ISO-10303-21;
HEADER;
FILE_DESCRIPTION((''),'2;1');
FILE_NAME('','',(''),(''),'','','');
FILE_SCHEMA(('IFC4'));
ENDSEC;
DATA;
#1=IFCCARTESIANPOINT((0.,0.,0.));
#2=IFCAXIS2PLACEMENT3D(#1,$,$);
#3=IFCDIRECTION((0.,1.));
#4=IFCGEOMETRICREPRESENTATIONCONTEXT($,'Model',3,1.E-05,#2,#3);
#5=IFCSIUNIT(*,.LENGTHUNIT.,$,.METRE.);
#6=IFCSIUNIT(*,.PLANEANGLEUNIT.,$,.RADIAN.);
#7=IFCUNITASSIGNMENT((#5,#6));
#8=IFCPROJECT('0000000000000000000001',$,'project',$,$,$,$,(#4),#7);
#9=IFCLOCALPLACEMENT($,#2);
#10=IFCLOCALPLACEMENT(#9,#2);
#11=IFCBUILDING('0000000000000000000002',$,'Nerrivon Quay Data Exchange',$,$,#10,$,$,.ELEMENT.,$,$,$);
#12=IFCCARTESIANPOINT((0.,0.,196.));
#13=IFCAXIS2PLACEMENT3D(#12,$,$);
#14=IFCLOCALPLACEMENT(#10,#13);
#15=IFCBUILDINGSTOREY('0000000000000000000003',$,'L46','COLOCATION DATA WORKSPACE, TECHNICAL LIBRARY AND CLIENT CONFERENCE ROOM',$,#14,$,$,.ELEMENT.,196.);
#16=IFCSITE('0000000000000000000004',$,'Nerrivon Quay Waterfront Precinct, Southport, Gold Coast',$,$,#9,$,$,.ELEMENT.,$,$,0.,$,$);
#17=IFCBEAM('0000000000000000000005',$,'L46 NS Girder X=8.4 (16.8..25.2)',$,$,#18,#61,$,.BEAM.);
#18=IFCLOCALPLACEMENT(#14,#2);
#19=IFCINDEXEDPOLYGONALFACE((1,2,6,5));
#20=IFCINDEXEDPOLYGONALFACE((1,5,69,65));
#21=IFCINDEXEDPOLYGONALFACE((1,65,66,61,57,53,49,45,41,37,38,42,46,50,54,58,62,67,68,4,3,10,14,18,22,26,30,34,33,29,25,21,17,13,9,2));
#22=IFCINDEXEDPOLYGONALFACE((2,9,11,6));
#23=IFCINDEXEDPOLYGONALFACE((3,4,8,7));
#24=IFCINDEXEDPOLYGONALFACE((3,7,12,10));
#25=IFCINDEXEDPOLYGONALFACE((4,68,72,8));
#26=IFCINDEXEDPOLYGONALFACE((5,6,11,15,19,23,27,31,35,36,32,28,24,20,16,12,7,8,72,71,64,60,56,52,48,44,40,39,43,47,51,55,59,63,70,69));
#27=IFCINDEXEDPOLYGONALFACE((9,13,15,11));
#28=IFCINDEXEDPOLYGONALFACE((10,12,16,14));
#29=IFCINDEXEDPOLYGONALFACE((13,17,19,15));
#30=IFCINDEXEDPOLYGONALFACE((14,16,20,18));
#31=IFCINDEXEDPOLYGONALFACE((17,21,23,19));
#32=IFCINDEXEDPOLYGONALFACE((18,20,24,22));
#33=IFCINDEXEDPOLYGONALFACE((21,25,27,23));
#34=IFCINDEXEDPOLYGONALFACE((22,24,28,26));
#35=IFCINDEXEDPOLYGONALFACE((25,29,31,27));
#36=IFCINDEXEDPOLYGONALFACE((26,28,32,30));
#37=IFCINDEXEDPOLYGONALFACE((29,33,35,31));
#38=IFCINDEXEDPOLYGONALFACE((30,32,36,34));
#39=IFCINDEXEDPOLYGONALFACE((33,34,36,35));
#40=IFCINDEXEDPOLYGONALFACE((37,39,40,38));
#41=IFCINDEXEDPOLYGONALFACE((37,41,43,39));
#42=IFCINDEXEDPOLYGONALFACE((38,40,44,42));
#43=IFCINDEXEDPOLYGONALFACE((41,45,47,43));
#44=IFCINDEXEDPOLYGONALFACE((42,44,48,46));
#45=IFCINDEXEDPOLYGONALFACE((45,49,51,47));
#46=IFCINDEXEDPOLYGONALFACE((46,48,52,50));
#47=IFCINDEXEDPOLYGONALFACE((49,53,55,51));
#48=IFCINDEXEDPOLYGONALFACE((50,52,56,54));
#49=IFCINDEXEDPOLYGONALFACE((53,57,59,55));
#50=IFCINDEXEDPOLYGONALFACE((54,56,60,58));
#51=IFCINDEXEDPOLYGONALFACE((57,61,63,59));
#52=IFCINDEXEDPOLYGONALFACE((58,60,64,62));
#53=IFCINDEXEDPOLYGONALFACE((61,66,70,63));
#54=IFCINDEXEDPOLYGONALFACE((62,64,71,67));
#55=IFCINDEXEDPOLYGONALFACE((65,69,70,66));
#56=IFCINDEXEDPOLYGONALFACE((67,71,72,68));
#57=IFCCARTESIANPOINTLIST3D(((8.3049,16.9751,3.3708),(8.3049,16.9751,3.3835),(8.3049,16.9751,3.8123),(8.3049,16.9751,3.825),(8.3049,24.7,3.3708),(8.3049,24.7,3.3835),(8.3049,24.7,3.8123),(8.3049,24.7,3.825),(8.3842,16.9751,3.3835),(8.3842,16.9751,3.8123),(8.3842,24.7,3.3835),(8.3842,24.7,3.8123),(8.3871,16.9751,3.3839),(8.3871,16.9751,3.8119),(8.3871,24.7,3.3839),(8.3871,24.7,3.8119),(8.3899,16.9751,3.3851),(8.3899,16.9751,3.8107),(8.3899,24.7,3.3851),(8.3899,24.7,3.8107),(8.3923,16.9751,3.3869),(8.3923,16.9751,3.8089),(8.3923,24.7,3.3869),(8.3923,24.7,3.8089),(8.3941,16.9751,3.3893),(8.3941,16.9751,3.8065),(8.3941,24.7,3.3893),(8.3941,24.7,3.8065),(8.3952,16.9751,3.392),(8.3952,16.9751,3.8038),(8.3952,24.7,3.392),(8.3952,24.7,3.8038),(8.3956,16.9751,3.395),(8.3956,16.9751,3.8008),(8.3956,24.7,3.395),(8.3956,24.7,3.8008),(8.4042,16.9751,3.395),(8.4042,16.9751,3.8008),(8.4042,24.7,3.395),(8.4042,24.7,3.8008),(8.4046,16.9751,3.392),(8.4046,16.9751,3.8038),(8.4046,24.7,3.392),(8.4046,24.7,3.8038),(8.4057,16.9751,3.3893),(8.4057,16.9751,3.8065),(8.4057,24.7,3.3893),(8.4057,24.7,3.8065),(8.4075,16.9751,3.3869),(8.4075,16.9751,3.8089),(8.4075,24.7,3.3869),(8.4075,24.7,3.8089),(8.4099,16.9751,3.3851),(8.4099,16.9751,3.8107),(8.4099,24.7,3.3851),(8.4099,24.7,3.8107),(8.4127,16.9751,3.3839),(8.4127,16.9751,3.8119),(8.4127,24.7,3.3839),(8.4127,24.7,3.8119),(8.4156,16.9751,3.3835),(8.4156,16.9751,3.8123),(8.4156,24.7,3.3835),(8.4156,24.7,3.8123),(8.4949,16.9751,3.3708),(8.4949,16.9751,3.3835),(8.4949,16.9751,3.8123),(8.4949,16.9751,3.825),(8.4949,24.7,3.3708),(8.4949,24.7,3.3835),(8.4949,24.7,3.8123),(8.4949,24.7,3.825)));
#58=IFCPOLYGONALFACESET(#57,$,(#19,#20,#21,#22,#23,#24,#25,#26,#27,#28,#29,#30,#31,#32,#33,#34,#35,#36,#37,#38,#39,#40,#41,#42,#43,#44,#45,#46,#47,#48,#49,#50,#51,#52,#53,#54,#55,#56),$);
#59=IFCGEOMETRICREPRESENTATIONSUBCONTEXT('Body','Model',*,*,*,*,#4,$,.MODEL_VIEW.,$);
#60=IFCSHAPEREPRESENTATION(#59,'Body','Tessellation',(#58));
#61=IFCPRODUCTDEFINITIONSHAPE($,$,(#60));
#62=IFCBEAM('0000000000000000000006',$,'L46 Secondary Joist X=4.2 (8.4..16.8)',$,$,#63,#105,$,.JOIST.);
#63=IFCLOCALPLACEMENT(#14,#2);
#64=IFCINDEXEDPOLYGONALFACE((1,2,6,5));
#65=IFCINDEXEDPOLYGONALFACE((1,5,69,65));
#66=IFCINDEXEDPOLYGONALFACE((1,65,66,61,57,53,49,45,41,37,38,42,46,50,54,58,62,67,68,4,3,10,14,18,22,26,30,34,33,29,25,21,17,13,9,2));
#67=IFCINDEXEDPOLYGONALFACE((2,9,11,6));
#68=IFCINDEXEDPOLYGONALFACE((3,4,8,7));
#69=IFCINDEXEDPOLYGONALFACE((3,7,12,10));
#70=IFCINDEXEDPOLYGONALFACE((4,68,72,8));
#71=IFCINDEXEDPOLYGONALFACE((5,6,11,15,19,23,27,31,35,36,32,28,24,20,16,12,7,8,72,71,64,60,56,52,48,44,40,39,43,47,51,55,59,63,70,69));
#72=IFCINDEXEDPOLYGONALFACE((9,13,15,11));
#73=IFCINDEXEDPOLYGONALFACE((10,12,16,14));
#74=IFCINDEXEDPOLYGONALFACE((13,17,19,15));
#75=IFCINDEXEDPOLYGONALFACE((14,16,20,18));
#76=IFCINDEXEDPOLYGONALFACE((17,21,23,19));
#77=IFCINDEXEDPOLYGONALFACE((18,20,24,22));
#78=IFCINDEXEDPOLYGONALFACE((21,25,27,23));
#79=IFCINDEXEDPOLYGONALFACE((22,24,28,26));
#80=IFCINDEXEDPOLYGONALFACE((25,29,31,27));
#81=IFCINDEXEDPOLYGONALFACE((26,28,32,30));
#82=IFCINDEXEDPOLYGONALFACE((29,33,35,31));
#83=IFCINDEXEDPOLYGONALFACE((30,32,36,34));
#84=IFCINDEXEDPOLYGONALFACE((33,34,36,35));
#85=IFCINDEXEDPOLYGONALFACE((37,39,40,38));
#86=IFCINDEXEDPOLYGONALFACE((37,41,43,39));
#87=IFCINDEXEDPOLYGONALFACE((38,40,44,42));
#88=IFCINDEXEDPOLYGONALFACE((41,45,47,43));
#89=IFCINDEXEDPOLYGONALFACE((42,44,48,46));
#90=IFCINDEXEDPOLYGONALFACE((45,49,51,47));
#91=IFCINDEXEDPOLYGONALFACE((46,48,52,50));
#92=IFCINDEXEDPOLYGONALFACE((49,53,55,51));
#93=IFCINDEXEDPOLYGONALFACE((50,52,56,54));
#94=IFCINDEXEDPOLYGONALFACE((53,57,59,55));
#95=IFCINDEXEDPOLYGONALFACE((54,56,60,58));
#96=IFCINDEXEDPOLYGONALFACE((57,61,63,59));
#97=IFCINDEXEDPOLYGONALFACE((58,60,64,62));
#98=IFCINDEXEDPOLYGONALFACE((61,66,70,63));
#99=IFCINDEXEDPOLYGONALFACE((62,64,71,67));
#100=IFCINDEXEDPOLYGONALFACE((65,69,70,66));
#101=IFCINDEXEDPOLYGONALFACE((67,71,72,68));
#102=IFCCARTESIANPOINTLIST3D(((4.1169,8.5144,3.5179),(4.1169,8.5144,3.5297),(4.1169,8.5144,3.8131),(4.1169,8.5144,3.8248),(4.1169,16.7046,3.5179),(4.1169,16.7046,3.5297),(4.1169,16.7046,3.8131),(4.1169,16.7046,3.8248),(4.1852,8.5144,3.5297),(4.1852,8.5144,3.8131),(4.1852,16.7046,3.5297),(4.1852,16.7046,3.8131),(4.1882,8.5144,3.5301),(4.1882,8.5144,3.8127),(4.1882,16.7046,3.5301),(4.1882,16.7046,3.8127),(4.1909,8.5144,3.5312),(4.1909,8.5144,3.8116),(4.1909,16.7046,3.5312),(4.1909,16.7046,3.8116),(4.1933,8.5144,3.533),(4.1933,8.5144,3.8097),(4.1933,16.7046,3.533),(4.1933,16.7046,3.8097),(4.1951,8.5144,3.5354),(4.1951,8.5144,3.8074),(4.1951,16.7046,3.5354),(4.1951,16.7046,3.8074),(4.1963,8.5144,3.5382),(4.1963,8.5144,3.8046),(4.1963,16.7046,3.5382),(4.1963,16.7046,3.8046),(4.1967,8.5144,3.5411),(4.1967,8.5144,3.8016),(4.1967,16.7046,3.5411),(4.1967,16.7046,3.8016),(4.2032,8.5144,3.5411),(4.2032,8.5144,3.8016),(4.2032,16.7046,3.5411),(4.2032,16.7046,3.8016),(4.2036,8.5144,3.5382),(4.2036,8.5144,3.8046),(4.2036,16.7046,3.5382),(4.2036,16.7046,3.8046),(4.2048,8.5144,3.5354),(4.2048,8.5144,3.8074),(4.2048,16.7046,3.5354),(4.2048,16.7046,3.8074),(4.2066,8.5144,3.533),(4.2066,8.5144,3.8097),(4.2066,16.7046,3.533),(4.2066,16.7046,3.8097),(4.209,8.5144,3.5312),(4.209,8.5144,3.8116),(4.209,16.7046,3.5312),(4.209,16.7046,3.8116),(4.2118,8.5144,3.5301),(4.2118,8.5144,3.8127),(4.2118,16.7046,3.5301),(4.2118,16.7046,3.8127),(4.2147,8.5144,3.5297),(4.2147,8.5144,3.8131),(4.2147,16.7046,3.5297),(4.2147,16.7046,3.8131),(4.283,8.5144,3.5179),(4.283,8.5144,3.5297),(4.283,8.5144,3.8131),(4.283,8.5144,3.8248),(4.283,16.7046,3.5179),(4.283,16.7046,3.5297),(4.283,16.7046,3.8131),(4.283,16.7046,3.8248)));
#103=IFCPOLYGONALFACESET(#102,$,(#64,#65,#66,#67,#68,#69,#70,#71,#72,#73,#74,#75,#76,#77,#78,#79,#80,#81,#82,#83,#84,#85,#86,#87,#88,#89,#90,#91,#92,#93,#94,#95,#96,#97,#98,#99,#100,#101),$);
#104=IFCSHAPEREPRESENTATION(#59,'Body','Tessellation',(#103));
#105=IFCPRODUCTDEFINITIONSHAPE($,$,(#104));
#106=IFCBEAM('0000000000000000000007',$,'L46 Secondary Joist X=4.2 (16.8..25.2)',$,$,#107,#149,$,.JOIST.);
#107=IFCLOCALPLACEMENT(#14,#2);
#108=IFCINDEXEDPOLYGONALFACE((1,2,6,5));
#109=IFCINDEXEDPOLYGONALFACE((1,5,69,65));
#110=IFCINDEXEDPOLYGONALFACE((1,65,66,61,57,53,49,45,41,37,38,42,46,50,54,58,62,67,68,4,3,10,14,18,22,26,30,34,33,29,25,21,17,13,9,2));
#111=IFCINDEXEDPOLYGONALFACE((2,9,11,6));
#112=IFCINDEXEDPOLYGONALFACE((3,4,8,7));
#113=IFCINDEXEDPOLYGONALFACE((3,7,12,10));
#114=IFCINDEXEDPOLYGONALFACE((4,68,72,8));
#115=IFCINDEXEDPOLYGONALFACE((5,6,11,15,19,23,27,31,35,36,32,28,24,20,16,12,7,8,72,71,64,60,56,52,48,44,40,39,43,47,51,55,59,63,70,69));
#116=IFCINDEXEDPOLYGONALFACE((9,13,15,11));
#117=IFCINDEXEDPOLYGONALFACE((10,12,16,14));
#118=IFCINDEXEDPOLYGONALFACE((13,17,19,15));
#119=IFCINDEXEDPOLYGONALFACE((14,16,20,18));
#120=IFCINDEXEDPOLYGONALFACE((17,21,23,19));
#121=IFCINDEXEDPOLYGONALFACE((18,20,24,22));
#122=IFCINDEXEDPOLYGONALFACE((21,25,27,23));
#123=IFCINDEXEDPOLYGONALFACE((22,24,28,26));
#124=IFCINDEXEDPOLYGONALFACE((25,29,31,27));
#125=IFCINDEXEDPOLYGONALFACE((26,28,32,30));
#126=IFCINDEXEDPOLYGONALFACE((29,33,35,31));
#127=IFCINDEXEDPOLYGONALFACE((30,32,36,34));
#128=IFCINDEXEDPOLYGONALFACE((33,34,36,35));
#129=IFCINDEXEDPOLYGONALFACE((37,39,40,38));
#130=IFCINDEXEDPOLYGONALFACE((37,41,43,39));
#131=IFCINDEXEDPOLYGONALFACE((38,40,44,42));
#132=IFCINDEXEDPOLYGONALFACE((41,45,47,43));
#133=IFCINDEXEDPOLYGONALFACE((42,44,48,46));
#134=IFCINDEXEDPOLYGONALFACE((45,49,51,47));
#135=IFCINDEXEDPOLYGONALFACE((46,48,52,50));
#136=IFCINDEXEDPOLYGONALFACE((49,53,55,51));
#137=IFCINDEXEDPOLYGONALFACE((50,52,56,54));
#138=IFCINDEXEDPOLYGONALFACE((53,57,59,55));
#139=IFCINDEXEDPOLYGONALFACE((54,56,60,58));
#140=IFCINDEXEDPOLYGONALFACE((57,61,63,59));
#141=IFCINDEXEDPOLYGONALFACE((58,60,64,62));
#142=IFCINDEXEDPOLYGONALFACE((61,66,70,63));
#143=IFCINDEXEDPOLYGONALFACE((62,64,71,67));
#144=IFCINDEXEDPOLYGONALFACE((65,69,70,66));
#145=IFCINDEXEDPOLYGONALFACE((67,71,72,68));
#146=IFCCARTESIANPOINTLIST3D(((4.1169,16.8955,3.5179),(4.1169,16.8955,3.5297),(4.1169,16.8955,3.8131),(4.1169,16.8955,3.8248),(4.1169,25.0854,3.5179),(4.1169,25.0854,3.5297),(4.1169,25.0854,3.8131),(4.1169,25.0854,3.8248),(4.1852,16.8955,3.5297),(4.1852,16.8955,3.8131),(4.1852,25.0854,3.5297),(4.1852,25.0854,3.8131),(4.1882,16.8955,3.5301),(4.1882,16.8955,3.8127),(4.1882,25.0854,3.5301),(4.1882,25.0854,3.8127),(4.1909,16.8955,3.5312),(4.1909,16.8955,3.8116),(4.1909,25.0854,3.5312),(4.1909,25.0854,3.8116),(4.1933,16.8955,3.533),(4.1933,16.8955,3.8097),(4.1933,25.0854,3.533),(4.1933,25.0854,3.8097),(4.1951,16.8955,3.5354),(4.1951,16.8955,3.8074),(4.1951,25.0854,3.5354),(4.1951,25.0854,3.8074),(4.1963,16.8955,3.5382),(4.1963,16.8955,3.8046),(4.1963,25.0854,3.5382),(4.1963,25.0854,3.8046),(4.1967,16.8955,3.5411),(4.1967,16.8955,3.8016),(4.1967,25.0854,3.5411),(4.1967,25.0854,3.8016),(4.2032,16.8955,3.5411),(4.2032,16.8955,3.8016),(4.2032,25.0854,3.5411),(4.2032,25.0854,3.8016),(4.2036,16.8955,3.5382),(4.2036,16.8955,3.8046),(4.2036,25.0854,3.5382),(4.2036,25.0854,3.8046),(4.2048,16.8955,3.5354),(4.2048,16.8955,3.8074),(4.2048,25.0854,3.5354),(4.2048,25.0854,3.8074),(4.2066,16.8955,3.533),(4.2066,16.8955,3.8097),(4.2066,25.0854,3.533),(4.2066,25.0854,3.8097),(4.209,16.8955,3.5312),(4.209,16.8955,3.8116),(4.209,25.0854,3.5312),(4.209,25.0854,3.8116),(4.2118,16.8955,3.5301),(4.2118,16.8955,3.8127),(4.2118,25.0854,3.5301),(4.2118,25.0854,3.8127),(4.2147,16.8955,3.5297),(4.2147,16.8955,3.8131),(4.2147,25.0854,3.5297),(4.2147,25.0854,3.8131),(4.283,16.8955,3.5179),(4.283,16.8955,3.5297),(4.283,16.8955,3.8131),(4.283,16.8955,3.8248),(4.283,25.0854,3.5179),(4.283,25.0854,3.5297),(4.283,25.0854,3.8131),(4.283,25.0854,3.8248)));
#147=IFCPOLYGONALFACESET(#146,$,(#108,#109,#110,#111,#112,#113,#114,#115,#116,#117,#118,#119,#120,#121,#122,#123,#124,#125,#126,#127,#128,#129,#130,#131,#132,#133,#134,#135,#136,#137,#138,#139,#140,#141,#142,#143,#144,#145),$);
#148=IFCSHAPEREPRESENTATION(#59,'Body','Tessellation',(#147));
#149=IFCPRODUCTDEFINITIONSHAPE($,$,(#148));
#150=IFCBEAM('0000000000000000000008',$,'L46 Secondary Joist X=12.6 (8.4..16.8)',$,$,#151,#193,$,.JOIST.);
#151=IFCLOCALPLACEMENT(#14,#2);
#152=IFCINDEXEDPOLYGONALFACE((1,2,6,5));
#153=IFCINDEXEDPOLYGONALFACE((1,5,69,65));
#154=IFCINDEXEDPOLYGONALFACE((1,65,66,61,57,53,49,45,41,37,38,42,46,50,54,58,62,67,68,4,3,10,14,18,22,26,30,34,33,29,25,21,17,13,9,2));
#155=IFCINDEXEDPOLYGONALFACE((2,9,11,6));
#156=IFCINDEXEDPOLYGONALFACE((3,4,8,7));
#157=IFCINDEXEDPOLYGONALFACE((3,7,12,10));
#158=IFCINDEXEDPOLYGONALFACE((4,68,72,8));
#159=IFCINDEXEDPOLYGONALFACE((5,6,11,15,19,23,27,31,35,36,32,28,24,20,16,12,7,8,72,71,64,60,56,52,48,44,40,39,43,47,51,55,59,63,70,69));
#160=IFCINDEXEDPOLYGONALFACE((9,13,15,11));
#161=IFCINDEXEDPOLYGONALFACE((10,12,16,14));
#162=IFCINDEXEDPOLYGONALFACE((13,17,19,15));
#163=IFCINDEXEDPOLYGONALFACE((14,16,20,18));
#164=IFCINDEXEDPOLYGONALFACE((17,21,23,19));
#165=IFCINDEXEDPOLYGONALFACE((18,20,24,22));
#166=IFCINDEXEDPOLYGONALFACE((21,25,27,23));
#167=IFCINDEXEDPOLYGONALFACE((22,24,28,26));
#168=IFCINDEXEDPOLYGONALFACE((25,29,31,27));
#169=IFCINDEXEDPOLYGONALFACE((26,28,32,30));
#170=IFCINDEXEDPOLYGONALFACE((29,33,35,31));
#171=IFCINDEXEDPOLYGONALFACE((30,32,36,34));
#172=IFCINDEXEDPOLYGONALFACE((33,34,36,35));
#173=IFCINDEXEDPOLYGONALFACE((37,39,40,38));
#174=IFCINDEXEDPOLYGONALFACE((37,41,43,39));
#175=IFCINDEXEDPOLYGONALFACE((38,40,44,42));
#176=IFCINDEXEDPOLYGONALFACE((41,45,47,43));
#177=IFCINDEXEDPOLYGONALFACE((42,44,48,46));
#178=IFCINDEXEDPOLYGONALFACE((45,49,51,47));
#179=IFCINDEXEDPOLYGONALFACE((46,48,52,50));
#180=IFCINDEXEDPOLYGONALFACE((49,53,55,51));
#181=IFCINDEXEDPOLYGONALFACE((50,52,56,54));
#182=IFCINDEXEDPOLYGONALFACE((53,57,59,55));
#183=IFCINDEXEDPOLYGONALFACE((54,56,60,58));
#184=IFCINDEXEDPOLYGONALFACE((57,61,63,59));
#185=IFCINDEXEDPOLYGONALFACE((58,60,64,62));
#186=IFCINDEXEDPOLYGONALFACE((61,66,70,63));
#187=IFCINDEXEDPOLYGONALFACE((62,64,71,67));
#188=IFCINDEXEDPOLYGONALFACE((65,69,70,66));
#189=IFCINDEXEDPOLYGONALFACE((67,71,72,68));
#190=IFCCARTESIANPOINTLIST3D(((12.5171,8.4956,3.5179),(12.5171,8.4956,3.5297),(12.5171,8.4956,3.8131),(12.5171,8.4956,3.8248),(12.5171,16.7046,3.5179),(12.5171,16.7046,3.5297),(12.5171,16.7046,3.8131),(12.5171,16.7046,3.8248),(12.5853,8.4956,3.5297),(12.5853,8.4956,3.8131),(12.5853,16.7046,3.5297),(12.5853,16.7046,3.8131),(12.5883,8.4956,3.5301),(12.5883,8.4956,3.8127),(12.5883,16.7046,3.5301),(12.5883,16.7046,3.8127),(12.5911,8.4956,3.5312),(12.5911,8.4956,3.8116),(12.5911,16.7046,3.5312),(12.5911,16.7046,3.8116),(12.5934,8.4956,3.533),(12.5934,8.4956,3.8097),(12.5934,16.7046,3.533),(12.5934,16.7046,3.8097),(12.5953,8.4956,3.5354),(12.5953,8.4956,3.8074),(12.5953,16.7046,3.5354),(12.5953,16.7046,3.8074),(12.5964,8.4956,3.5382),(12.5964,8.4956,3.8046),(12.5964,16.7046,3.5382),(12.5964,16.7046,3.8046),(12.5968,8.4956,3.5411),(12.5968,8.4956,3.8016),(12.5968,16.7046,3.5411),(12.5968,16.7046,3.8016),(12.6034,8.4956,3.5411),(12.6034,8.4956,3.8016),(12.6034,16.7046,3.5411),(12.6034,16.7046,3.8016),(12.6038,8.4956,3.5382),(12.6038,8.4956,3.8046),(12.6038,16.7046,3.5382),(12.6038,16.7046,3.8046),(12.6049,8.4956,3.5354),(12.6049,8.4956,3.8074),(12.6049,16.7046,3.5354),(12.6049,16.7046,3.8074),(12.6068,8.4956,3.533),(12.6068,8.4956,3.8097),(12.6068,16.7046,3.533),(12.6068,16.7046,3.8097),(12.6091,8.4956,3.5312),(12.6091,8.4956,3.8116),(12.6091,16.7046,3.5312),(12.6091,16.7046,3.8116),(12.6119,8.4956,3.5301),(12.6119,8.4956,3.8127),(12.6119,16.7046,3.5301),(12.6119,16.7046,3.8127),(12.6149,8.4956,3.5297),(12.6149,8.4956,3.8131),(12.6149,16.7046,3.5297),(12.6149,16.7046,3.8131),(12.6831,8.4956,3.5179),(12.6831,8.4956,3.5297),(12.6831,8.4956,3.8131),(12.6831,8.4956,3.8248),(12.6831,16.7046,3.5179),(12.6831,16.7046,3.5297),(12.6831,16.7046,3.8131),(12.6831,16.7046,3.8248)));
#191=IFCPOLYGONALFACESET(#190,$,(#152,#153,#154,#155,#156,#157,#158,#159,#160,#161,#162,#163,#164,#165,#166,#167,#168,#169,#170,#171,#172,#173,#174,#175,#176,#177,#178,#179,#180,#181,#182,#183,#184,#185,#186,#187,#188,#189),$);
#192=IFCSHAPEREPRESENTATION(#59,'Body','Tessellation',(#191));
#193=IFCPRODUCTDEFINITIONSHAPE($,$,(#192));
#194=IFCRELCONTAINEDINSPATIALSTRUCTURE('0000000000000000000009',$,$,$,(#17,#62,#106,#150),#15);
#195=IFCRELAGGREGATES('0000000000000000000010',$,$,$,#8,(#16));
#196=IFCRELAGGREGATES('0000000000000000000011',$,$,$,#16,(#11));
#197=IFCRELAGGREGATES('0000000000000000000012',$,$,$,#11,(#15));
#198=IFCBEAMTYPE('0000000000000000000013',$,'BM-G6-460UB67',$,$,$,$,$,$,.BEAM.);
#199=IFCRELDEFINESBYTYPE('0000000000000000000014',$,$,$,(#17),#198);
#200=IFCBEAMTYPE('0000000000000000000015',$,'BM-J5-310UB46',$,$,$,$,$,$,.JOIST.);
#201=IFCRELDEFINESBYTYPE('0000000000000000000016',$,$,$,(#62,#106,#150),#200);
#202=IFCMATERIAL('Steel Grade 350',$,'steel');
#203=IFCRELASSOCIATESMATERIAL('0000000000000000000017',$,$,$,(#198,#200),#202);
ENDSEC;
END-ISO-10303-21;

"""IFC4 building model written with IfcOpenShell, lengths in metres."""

from ifc_helpers import new_model, si_unit, direction, frame, origin, origin_2d, place, context, subcontext, project, spatial, i_section, extrude, material, material_profile, profile_set, type_object, element, save


model = new_model("IFC4")

# Units and contexts
model_context = context("Model", 3, precision=1e-05, world=origin(), true_north=direction((0.0, 1.0)))
body_context = subcontext(model_context, "Body", "Model", "MODEL_VIEW")
ifc_project = project(units=[si_unit("LENGTHUNIT", "METRE"), si_unit("PLANEANGLEUNIT", "RADIAN")], contexts=[model_context])

# Site, building, storey
site_placement = place(None, origin())
site = spatial("IfcSite", under=ifc_project, at=site_placement, Name="Nerrivon Quay Waterfront Precinct, Southport, Gold Coast", CompositionType="ELEMENT", RefElevation=0.0)
building_placement = place(site_placement, origin())
building = spatial("IfcBuilding", under=site, at=building_placement, Name="Nerrivon Quay Data Exchange", CompositionType="ELEMENT")
storey_placement = place(building_placement, frame((0.0, 0.0, 196.0)))
storey = spatial("IfcBuildingStorey", under=building, at=storey_placement, Name="L46", Description="COLOCATION DATA WORKSPACE, TECHNICAL LIBRARY AND CLIENT CONFERENCE ROOM", CompositionType="ELEMENT", Elevation=196.0)

# Shared definitions
ifc_material_1 = material(Name="Steel Grade 350", Category="steel")

# Beams
ifc_material_profile_1 = material_profile(ifc_material_1, i_section(OverallWidth=0.1899, OverallDepth=0.4541, WebThickness=0.0085, FlangeThickness=0.0127, FilletRadius=0.0115, at=origin_2d()), Name="460UB67.1")
ifc_profile_set_1 = profile_set([ifc_material_profile_1], Name="Steel Grade 350")
beam_type_1 = type_object("IfcBeamType", Name="BM-G6-460UB67", PredefinedType="BEAM", material=ifc_profile_set_1)
beam_1_placement = place(storey_placement, frame((8.3999, 16.9751, 3.5979), z_axis=(0.0, 1.0, 0.0), x_axis=(-1.0, 0.0, 0.0)))
element("IfcBeam", 1, at=beam_1_placement, inside=storey, type_object=beam_type_1, Name="L46 NS Girder X=8.4 (16.8..25.2)", PredefinedType="BEAM", context=body_context, shape_type="SweptSolid", body=[
    extrude(i_section(OverallWidth=0.1899, OverallDepth=0.4541, WebThickness=0.0085, FlangeThickness=0.0127, FilletRadius=0.0115, at=origin_2d()), origin(), (0.0, 0.0, 1.0), 7.7249),
])
ifc_material_profile_2 = material_profile(ifc_material_1, i_section(OverallWidth=0.166, OverallDepth=0.3069, WebThickness=0.0066, FlangeThickness=0.0117, FilletRadius=0.0115, at=origin_2d()), Name="310UB46.2")
ifc_profile_set_2 = profile_set([ifc_material_profile_2], Name="Steel Grade 350")
beam_type_2 = type_object("IfcBeamType", Name="BM-J5-310UB46", PredefinedType="JOIST", material=ifc_profile_set_2)
beam_2_placement = place(storey_placement, frame((4.2, 8.5144, 3.6714), z_axis=(0.0, 1.0, 0.0), x_axis=(-1.0, 0.0, 0.0)))
element("IfcBeam", 2, at=beam_2_placement, inside=storey, type_object=beam_type_2, Name="L46 Secondary Joist X=4.2 (8.4..16.8)", PredefinedType="JOIST", context=body_context, shape_type="SweptSolid", body=[
    extrude(i_section(OverallWidth=0.166, OverallDepth=0.3069, WebThickness=0.0066, FlangeThickness=0.0117, FilletRadius=0.0115, at=origin_2d()), origin(), (0.0, 0.0, 1.0), 8.1902),
])
beam_3_placement = place(storey_placement, frame((4.2, 16.8955, 3.6714), z_axis=(0.0, 1.0, 0.0), x_axis=(-1.0, 0.0, 0.0)))
element("IfcBeam", 3, at=beam_3_placement, inside=storey, type_object=beam_type_2, Name="L46 Secondary Joist X=4.2 (16.8..25.2)", PredefinedType="JOIST", context=body_context, shape_type="SweptSolid", body=[
    extrude(i_section(OverallWidth=0.166, OverallDepth=0.3069, WebThickness=0.0066, FlangeThickness=0.0117, FilletRadius=0.0115, at=origin_2d()), origin(), (0.0, 0.0, 1.0), 8.1899),
])
beam_4_placement = place(storey_placement, frame((12.6001, 8.4956, 3.6714), z_axis=(0.0, 1.0, 0.0), x_axis=(-1.0, 0.0, 0.0)))
element("IfcBeam", 4, at=beam_4_placement, inside=storey, type_object=beam_type_2, Name="L46 Secondary Joist X=12.6 (8.4..16.8)", PredefinedType="JOIST", context=body_context, shape_type="SweptSolid", body=[
    extrude(i_section(OverallWidth=0.166, OverallDepth=0.3069, WebThickness=0.0066, FlangeThickness=0.0117, FilletRadius=0.0115, at=origin_2d()), origin(), (0.0, 0.0, 1.0), 8.209),
])

save(model, "model.ifc")
